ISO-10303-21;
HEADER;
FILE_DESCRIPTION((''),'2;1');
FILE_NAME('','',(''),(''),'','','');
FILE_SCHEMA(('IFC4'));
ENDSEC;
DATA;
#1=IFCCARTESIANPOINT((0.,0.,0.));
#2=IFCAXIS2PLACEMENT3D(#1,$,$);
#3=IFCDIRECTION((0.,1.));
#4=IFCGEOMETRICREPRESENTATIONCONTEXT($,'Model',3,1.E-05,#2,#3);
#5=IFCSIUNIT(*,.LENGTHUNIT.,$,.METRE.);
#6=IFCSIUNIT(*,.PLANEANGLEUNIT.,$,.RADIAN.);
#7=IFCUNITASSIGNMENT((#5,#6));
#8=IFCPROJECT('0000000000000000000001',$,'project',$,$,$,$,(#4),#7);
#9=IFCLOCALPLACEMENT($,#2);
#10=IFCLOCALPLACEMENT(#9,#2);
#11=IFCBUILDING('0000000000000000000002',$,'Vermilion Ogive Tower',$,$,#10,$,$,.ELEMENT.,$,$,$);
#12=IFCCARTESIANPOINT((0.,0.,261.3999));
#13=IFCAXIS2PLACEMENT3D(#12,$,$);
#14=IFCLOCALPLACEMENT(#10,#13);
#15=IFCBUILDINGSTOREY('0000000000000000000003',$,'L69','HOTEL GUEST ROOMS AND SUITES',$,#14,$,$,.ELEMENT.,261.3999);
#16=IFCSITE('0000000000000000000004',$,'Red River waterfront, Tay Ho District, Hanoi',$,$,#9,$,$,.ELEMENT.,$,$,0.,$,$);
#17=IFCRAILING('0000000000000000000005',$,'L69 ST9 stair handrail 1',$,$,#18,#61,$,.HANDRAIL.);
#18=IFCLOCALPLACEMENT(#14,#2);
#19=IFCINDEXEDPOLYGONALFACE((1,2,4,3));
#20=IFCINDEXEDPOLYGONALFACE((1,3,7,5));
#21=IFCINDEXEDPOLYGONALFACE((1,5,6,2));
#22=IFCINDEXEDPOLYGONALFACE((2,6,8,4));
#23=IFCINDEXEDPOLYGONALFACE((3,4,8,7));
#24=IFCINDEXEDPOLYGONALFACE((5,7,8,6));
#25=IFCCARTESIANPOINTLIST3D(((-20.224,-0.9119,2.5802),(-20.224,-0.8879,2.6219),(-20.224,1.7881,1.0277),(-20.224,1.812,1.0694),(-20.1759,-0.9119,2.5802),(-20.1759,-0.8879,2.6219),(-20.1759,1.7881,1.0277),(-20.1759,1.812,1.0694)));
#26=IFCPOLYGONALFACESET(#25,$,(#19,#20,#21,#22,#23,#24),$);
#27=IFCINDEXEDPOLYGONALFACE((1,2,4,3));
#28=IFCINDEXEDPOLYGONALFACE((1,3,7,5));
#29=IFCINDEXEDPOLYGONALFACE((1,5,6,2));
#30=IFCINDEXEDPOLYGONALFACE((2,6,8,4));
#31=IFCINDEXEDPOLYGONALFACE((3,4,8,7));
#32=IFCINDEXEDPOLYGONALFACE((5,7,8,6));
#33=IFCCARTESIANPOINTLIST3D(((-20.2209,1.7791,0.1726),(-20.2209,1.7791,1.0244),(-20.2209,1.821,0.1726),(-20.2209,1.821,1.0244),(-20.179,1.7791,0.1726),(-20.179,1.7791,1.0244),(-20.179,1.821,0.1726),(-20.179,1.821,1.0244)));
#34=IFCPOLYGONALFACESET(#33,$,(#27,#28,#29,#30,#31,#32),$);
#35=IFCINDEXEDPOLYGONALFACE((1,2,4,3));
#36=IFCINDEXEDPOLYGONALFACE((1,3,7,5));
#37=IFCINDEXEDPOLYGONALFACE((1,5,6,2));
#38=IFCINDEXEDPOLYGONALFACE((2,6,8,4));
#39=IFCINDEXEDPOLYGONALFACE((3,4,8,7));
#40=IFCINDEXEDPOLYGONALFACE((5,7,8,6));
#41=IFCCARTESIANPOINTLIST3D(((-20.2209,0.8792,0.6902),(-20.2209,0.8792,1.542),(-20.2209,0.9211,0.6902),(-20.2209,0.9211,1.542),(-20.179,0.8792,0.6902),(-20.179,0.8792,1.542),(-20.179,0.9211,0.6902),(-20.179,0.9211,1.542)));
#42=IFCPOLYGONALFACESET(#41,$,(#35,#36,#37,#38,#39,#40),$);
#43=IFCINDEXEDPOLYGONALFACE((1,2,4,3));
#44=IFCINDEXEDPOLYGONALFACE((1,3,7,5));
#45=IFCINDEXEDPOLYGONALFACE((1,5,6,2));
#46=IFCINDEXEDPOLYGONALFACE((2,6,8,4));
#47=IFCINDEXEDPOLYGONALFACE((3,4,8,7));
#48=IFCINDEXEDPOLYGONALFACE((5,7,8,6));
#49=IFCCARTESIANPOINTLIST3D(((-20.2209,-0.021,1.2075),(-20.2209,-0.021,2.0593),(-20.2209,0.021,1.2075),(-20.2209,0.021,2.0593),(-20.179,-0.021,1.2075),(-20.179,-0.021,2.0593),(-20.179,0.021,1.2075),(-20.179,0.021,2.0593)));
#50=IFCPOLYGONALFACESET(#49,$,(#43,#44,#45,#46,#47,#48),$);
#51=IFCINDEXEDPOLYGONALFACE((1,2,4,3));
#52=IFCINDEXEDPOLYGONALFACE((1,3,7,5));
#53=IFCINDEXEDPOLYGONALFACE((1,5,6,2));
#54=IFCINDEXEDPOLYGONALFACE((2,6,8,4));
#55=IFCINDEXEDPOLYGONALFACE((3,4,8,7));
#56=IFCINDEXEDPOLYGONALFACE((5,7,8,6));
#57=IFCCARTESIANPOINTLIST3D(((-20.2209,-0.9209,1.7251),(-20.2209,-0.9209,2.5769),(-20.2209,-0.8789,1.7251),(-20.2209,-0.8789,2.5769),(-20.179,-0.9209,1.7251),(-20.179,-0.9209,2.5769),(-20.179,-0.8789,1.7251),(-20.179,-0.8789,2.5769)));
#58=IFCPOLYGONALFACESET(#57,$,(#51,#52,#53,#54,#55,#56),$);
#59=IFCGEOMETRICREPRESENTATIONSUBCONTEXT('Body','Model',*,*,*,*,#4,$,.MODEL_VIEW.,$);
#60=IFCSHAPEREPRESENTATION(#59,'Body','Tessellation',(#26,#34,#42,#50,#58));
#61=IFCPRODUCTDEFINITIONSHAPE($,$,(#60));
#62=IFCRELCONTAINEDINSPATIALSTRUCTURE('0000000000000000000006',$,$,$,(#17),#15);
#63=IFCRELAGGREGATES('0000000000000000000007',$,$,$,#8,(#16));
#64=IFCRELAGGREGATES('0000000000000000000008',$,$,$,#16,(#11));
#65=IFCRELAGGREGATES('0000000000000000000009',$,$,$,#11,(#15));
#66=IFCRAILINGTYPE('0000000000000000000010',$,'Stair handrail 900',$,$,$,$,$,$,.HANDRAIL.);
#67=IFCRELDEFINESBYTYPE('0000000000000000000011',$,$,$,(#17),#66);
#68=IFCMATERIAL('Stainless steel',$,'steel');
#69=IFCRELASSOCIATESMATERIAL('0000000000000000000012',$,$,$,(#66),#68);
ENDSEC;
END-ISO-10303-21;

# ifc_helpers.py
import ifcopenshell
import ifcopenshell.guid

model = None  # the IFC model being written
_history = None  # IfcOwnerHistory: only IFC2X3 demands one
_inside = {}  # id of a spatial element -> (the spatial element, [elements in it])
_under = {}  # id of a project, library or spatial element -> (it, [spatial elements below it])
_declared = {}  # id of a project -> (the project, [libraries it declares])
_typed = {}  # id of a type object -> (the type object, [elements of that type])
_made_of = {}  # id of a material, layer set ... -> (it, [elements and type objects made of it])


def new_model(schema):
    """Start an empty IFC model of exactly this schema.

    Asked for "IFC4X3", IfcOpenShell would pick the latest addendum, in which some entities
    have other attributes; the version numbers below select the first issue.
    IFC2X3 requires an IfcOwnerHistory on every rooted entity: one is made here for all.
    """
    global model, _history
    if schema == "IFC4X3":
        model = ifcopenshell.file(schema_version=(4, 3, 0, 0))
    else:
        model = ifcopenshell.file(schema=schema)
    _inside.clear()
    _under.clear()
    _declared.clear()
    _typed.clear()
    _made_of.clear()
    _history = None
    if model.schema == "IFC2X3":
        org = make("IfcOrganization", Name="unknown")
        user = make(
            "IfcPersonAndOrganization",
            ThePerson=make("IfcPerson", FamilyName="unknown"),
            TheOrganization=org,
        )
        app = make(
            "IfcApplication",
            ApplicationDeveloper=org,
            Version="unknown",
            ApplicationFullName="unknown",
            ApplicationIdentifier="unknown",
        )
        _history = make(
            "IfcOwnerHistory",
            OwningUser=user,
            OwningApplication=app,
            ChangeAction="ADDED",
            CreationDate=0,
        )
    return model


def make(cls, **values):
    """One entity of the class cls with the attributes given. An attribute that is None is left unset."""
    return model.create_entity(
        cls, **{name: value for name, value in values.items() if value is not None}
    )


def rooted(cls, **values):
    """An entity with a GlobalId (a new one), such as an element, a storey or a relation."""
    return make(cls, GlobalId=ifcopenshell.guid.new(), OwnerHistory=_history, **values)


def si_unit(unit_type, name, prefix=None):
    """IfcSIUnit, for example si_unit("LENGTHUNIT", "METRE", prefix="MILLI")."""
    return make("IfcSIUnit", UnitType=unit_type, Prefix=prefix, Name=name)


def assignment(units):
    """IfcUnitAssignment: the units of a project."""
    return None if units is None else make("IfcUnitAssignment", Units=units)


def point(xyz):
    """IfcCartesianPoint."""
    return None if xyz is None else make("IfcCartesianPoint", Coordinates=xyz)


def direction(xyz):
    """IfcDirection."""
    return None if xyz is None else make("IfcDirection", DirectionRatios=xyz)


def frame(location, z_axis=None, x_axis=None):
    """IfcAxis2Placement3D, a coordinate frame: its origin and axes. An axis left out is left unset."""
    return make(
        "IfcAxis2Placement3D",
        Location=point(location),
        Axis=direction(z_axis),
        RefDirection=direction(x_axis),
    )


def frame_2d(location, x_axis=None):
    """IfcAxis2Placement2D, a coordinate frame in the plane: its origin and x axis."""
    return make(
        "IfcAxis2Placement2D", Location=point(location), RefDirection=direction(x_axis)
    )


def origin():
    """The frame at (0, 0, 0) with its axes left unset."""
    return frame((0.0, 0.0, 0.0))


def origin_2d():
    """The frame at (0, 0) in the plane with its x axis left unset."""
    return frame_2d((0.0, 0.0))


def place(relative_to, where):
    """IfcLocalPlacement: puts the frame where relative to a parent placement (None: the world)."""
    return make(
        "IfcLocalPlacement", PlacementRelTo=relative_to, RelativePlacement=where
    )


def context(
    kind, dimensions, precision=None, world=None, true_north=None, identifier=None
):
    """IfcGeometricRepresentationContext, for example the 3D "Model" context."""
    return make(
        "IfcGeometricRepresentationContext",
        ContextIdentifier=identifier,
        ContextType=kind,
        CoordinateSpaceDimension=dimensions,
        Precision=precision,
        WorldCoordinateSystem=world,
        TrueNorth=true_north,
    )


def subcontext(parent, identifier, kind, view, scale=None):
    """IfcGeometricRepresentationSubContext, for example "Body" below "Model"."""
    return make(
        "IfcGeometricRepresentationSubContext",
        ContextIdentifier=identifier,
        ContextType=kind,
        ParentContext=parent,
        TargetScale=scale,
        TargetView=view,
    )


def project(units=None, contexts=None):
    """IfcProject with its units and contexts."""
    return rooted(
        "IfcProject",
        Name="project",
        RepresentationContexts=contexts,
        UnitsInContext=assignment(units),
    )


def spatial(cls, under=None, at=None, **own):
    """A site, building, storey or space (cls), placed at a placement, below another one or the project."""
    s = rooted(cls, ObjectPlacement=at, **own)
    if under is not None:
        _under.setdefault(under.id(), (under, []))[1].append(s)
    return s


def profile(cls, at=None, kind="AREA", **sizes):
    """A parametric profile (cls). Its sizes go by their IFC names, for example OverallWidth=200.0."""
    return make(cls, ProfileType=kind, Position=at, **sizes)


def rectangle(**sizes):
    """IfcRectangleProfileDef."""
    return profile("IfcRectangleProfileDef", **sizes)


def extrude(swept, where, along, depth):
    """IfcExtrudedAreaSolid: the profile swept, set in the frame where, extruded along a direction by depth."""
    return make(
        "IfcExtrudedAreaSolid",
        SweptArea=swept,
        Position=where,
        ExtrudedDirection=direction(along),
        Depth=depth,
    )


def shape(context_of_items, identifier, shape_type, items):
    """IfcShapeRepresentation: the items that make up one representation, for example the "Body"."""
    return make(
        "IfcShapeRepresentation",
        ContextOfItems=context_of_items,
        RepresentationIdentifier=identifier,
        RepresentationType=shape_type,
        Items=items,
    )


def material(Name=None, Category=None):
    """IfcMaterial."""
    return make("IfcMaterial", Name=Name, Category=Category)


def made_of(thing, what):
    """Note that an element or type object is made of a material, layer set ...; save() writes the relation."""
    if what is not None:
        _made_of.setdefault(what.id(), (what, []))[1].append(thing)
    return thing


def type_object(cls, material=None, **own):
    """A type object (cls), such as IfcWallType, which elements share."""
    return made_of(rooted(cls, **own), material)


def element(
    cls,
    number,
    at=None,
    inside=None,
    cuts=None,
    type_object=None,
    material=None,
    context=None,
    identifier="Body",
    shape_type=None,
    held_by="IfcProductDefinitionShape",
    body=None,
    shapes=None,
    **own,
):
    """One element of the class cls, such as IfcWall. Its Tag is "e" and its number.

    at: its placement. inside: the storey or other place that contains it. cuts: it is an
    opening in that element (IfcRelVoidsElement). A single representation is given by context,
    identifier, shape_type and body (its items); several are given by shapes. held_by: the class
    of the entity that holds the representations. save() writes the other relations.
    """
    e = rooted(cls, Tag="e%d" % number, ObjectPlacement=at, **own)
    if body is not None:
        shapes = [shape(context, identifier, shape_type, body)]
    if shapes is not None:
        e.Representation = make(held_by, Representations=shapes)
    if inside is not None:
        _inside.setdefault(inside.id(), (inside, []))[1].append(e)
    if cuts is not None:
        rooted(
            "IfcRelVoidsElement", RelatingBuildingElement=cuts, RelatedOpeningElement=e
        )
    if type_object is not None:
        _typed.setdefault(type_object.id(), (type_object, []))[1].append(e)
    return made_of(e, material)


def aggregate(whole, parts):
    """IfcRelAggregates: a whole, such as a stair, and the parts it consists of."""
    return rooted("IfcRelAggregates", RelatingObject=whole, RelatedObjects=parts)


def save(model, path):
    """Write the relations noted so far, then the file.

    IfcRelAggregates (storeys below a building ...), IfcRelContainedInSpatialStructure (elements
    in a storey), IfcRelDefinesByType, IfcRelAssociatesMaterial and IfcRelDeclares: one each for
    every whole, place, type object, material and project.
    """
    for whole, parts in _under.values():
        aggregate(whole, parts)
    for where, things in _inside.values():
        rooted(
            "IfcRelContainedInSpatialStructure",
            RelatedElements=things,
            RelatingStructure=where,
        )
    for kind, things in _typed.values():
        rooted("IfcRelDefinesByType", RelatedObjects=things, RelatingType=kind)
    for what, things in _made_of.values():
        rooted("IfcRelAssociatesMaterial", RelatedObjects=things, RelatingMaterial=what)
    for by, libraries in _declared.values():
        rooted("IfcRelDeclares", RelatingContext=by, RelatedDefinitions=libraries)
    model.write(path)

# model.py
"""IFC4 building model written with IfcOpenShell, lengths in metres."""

from ifc_helpers import new_model, si_unit, direction, frame, origin, origin_2d, place, context, subcontext, project, spatial, rectangle, extrude, material, type_object, element, save


model = new_model("IFC4")

# Units and contexts
model_context = context("Model", 3, precision=1e-05, world=origin(), true_north=direction((0.0, 1.0)))
body_context = subcontext(model_context, "Body", "Model", "MODEL_VIEW")
ifc_project = project(units=[si_unit("LENGTHUNIT", "METRE"), si_unit("PLANEANGLEUNIT", "RADIAN")], contexts=[model_context])

# Site, building, storey
site_placement = place(None, origin())
site = spatial("IfcSite", under=ifc_project, at=site_placement, Name="Red River waterfront, Tay Ho District, Hanoi", CompositionType="ELEMENT", RefElevation=0.0)
building_placement = place(site_placement, origin())
building = spatial("IfcBuilding", under=site, at=building_placement, Name="Vermilion Ogive Tower", CompositionType="ELEMENT")
storey_placement = place(building_placement, frame((0.0, 0.0, 261.3999)))
storey = spatial("IfcBuildingStorey", under=building, at=storey_placement, Name="L69", Description="HOTEL GUEST ROOMS AND SUITES", CompositionType="ELEMENT", Elevation=261.3999)

# Railing
ifc_material_1 = material(Name="Stainless steel", Category="steel")
railing_type_1 = type_object("IfcRailingType", Name="Stair handrail 900", PredefinedType="HANDRAIL", material=ifc_material_1)
railing_1_placement = place(storey_placement, frame((-20.2, 1.8, 0.1726)))
element("IfcRailing", 1, at=railing_1_placement, inside=storey, type_object=railing_type_1, Name="L69 ST9 stair handrail 1", PredefinedType="HANDRAIL", context=body_context, shape_type="SweptSolid", body=[
    extrude(rectangle(XDim=0.0481, YDim=0.0481, at=origin_2d()), frame((0.0, 0.0, 0.876), z_axis=(0.0, -0.866904, 0.498476), x_axis=(1.0, 0.0, 0.0)), (0.0, 0.0, 1.0), 3.1145),
    extrude(rectangle(XDim=0.042, YDim=0.042, at=origin_2d()), origin(), (0.0, 0.0, 1.0), 0.8518),
    extrude(rectangle(XDim=0.042, YDim=0.042, at=origin_2d()), frame((0.0, -0.8999, 0.5176)), (0.0, 0.0, 1.0), 0.8518),
    extrude(rectangle(XDim=0.042, YDim=0.042, at=origin_2d()), frame((0.0, -1.8, 1.0349)), (0.0, 0.0, 1.0), 0.8518),
    extrude(rectangle(XDim=0.042, YDim=0.042, at=origin_2d()), frame((0.0, -2.7, 1.5525)), (0.0, 0.0, 1.0), 0.8518),
])

save(model, "model.ifc")
